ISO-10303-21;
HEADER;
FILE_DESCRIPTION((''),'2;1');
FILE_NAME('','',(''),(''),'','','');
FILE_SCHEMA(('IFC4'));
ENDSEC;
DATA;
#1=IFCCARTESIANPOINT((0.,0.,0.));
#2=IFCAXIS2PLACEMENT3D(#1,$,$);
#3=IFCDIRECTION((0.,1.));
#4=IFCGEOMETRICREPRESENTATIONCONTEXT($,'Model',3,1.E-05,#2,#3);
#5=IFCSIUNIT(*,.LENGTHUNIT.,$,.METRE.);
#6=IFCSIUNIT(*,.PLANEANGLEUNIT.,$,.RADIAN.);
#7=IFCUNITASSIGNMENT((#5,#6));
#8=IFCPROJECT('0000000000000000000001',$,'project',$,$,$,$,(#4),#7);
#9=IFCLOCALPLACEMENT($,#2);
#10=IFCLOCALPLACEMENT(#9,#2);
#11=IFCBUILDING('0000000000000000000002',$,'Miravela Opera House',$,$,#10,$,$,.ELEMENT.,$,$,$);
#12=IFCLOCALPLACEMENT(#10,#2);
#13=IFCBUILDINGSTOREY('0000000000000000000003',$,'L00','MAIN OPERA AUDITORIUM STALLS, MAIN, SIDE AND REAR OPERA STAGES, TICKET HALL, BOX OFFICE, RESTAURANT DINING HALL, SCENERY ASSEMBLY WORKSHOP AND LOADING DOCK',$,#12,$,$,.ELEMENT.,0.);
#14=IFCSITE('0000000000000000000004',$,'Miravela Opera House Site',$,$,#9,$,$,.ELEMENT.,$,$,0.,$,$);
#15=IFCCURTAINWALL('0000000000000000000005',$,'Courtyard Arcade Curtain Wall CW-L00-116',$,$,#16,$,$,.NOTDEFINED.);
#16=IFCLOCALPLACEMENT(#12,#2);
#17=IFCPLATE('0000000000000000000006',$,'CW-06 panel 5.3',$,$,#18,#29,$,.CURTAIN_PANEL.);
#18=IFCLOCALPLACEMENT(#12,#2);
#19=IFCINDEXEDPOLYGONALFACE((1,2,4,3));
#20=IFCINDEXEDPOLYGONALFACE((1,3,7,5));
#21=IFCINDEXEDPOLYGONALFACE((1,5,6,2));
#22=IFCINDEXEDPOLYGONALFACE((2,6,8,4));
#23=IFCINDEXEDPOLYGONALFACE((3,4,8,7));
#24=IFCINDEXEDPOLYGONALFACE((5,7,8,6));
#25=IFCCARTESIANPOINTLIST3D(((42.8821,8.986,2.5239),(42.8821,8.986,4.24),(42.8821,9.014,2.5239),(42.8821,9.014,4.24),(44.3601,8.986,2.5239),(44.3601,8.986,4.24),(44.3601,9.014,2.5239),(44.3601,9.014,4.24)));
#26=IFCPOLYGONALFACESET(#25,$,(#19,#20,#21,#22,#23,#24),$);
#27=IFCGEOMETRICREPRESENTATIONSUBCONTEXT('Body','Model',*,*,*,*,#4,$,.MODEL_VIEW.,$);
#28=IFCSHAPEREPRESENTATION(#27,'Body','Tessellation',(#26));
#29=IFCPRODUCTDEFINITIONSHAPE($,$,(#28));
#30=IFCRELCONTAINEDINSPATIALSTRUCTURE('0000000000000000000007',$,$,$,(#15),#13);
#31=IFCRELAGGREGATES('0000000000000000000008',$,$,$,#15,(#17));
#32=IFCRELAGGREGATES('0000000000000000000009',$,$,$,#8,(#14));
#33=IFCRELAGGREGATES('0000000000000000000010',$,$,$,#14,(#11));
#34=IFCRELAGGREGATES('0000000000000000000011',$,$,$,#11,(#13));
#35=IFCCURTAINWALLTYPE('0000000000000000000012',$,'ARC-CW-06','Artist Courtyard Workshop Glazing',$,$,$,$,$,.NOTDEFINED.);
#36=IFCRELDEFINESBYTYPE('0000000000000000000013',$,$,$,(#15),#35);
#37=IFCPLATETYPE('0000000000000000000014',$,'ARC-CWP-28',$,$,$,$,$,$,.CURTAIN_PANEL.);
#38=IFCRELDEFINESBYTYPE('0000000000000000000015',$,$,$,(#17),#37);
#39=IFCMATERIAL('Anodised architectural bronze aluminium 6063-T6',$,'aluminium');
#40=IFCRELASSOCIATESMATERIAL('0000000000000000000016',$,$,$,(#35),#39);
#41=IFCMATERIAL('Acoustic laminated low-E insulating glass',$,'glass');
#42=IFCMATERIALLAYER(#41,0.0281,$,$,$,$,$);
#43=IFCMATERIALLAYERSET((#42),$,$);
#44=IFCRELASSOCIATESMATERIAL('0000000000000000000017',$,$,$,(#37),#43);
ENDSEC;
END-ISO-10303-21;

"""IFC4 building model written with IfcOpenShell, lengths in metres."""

from ifc_helpers import new_model, si_unit, direction, frame, origin, origin_2d, place, context, subcontext, project, spatial, rectangle, extrude, material, layer, layer_set, type_object, element, aggregate, save


model = new_model("IFC4")

# Units and contexts
model_context = context("Model", 3, precision=1e-05, world=origin(), true_north=direction((0.0, 1.0)))
body_context = subcontext(model_context, "Body", "Model", "MODEL_VIEW")
ifc_project = project(units=[si_unit("LENGTHUNIT", "METRE"), si_unit("PLANEANGLEUNIT", "RADIAN")], contexts=[model_context])

# Site, building, storey
site_placement = place(None, origin())
site = spatial("IfcSite", under=ifc_project, at=site_placement, Name="Miravela Opera House Site", CompositionType="ELEMENT", RefElevation=0.0)
building_placement = place(site_placement, origin())
building = spatial("IfcBuilding", under=site, at=building_placement, Name="Miravela Opera House", CompositionType="ELEMENT")
storey_placement = place(building_placement, origin())
storey = spatial("IfcBuildingStorey", under=building, at=storey_placement, Name="L00", Description="MAIN OPERA AUDITORIUM STALLS, MAIN, SIDE AND REAR OPERA STAGES, TICKET HALL, BOX OFFICE, RESTAURANT DINING HALL, SCENERY ASSEMBLY WORKSHOP AND LOADING DOCK", CompositionType="ELEMENT", Elevation=0.0)

# Curtain wall
ifc_material_1 = material(Name="Anodised architectural bronze aluminium 6063-T6", Category="aluminium")
curtain_wall_type = type_object("IfcCurtainWallType", Name="ARC-CW-06", Description="Artist Courtyard Workshop Glazing", PredefinedType="NOTDEFINED", material=ifc_material_1)
curtain_wall_placement = place(storey_placement, origin())
curtain_wall = element("IfcCurtainWall", 1, at=curtain_wall_placement, inside=storey, type_object=curtain_wall_type, Name="Courtyard Arcade Curtain Wall CW-L00-116", PredefinedType="NOTDEFINED")

# Plate
ifc_material_2 = material(Name="Acoustic laminated low-E insulating glass", Category="glass")
ifc_layer = layer(ifc_material_2, 0.0281)
ifc_layer_set = layer_set([ifc_layer])
plate_type = type_object("IfcPlateType", Name="ARC-CWP-28", PredefinedType="CURTAIN_PANEL", material=ifc_layer_set)
plate_1_placement = place(storey_placement, frame((43.6211, 9.0, 2.5239), z_axis=(0.0, 0.0, 1.0), x_axis=(1.0, 0.0, 0.0)))
plate_1 = element("IfcPlate", 2, at=plate_1_placement, type_object=plate_type, Name="CW-06 panel 5.3", PredefinedType="CURTAIN_PANEL", context=body_context, shape_type="SweptSolid", body=[
    extrude(rectangle(XDim=1.478, YDim=0.0281, at=origin_2d()), origin(), (0.0, 0.0, 1.0), 1.7161),
])
aggregate(curtain_wall, [plate_1])

save(model, "model.ifc")
